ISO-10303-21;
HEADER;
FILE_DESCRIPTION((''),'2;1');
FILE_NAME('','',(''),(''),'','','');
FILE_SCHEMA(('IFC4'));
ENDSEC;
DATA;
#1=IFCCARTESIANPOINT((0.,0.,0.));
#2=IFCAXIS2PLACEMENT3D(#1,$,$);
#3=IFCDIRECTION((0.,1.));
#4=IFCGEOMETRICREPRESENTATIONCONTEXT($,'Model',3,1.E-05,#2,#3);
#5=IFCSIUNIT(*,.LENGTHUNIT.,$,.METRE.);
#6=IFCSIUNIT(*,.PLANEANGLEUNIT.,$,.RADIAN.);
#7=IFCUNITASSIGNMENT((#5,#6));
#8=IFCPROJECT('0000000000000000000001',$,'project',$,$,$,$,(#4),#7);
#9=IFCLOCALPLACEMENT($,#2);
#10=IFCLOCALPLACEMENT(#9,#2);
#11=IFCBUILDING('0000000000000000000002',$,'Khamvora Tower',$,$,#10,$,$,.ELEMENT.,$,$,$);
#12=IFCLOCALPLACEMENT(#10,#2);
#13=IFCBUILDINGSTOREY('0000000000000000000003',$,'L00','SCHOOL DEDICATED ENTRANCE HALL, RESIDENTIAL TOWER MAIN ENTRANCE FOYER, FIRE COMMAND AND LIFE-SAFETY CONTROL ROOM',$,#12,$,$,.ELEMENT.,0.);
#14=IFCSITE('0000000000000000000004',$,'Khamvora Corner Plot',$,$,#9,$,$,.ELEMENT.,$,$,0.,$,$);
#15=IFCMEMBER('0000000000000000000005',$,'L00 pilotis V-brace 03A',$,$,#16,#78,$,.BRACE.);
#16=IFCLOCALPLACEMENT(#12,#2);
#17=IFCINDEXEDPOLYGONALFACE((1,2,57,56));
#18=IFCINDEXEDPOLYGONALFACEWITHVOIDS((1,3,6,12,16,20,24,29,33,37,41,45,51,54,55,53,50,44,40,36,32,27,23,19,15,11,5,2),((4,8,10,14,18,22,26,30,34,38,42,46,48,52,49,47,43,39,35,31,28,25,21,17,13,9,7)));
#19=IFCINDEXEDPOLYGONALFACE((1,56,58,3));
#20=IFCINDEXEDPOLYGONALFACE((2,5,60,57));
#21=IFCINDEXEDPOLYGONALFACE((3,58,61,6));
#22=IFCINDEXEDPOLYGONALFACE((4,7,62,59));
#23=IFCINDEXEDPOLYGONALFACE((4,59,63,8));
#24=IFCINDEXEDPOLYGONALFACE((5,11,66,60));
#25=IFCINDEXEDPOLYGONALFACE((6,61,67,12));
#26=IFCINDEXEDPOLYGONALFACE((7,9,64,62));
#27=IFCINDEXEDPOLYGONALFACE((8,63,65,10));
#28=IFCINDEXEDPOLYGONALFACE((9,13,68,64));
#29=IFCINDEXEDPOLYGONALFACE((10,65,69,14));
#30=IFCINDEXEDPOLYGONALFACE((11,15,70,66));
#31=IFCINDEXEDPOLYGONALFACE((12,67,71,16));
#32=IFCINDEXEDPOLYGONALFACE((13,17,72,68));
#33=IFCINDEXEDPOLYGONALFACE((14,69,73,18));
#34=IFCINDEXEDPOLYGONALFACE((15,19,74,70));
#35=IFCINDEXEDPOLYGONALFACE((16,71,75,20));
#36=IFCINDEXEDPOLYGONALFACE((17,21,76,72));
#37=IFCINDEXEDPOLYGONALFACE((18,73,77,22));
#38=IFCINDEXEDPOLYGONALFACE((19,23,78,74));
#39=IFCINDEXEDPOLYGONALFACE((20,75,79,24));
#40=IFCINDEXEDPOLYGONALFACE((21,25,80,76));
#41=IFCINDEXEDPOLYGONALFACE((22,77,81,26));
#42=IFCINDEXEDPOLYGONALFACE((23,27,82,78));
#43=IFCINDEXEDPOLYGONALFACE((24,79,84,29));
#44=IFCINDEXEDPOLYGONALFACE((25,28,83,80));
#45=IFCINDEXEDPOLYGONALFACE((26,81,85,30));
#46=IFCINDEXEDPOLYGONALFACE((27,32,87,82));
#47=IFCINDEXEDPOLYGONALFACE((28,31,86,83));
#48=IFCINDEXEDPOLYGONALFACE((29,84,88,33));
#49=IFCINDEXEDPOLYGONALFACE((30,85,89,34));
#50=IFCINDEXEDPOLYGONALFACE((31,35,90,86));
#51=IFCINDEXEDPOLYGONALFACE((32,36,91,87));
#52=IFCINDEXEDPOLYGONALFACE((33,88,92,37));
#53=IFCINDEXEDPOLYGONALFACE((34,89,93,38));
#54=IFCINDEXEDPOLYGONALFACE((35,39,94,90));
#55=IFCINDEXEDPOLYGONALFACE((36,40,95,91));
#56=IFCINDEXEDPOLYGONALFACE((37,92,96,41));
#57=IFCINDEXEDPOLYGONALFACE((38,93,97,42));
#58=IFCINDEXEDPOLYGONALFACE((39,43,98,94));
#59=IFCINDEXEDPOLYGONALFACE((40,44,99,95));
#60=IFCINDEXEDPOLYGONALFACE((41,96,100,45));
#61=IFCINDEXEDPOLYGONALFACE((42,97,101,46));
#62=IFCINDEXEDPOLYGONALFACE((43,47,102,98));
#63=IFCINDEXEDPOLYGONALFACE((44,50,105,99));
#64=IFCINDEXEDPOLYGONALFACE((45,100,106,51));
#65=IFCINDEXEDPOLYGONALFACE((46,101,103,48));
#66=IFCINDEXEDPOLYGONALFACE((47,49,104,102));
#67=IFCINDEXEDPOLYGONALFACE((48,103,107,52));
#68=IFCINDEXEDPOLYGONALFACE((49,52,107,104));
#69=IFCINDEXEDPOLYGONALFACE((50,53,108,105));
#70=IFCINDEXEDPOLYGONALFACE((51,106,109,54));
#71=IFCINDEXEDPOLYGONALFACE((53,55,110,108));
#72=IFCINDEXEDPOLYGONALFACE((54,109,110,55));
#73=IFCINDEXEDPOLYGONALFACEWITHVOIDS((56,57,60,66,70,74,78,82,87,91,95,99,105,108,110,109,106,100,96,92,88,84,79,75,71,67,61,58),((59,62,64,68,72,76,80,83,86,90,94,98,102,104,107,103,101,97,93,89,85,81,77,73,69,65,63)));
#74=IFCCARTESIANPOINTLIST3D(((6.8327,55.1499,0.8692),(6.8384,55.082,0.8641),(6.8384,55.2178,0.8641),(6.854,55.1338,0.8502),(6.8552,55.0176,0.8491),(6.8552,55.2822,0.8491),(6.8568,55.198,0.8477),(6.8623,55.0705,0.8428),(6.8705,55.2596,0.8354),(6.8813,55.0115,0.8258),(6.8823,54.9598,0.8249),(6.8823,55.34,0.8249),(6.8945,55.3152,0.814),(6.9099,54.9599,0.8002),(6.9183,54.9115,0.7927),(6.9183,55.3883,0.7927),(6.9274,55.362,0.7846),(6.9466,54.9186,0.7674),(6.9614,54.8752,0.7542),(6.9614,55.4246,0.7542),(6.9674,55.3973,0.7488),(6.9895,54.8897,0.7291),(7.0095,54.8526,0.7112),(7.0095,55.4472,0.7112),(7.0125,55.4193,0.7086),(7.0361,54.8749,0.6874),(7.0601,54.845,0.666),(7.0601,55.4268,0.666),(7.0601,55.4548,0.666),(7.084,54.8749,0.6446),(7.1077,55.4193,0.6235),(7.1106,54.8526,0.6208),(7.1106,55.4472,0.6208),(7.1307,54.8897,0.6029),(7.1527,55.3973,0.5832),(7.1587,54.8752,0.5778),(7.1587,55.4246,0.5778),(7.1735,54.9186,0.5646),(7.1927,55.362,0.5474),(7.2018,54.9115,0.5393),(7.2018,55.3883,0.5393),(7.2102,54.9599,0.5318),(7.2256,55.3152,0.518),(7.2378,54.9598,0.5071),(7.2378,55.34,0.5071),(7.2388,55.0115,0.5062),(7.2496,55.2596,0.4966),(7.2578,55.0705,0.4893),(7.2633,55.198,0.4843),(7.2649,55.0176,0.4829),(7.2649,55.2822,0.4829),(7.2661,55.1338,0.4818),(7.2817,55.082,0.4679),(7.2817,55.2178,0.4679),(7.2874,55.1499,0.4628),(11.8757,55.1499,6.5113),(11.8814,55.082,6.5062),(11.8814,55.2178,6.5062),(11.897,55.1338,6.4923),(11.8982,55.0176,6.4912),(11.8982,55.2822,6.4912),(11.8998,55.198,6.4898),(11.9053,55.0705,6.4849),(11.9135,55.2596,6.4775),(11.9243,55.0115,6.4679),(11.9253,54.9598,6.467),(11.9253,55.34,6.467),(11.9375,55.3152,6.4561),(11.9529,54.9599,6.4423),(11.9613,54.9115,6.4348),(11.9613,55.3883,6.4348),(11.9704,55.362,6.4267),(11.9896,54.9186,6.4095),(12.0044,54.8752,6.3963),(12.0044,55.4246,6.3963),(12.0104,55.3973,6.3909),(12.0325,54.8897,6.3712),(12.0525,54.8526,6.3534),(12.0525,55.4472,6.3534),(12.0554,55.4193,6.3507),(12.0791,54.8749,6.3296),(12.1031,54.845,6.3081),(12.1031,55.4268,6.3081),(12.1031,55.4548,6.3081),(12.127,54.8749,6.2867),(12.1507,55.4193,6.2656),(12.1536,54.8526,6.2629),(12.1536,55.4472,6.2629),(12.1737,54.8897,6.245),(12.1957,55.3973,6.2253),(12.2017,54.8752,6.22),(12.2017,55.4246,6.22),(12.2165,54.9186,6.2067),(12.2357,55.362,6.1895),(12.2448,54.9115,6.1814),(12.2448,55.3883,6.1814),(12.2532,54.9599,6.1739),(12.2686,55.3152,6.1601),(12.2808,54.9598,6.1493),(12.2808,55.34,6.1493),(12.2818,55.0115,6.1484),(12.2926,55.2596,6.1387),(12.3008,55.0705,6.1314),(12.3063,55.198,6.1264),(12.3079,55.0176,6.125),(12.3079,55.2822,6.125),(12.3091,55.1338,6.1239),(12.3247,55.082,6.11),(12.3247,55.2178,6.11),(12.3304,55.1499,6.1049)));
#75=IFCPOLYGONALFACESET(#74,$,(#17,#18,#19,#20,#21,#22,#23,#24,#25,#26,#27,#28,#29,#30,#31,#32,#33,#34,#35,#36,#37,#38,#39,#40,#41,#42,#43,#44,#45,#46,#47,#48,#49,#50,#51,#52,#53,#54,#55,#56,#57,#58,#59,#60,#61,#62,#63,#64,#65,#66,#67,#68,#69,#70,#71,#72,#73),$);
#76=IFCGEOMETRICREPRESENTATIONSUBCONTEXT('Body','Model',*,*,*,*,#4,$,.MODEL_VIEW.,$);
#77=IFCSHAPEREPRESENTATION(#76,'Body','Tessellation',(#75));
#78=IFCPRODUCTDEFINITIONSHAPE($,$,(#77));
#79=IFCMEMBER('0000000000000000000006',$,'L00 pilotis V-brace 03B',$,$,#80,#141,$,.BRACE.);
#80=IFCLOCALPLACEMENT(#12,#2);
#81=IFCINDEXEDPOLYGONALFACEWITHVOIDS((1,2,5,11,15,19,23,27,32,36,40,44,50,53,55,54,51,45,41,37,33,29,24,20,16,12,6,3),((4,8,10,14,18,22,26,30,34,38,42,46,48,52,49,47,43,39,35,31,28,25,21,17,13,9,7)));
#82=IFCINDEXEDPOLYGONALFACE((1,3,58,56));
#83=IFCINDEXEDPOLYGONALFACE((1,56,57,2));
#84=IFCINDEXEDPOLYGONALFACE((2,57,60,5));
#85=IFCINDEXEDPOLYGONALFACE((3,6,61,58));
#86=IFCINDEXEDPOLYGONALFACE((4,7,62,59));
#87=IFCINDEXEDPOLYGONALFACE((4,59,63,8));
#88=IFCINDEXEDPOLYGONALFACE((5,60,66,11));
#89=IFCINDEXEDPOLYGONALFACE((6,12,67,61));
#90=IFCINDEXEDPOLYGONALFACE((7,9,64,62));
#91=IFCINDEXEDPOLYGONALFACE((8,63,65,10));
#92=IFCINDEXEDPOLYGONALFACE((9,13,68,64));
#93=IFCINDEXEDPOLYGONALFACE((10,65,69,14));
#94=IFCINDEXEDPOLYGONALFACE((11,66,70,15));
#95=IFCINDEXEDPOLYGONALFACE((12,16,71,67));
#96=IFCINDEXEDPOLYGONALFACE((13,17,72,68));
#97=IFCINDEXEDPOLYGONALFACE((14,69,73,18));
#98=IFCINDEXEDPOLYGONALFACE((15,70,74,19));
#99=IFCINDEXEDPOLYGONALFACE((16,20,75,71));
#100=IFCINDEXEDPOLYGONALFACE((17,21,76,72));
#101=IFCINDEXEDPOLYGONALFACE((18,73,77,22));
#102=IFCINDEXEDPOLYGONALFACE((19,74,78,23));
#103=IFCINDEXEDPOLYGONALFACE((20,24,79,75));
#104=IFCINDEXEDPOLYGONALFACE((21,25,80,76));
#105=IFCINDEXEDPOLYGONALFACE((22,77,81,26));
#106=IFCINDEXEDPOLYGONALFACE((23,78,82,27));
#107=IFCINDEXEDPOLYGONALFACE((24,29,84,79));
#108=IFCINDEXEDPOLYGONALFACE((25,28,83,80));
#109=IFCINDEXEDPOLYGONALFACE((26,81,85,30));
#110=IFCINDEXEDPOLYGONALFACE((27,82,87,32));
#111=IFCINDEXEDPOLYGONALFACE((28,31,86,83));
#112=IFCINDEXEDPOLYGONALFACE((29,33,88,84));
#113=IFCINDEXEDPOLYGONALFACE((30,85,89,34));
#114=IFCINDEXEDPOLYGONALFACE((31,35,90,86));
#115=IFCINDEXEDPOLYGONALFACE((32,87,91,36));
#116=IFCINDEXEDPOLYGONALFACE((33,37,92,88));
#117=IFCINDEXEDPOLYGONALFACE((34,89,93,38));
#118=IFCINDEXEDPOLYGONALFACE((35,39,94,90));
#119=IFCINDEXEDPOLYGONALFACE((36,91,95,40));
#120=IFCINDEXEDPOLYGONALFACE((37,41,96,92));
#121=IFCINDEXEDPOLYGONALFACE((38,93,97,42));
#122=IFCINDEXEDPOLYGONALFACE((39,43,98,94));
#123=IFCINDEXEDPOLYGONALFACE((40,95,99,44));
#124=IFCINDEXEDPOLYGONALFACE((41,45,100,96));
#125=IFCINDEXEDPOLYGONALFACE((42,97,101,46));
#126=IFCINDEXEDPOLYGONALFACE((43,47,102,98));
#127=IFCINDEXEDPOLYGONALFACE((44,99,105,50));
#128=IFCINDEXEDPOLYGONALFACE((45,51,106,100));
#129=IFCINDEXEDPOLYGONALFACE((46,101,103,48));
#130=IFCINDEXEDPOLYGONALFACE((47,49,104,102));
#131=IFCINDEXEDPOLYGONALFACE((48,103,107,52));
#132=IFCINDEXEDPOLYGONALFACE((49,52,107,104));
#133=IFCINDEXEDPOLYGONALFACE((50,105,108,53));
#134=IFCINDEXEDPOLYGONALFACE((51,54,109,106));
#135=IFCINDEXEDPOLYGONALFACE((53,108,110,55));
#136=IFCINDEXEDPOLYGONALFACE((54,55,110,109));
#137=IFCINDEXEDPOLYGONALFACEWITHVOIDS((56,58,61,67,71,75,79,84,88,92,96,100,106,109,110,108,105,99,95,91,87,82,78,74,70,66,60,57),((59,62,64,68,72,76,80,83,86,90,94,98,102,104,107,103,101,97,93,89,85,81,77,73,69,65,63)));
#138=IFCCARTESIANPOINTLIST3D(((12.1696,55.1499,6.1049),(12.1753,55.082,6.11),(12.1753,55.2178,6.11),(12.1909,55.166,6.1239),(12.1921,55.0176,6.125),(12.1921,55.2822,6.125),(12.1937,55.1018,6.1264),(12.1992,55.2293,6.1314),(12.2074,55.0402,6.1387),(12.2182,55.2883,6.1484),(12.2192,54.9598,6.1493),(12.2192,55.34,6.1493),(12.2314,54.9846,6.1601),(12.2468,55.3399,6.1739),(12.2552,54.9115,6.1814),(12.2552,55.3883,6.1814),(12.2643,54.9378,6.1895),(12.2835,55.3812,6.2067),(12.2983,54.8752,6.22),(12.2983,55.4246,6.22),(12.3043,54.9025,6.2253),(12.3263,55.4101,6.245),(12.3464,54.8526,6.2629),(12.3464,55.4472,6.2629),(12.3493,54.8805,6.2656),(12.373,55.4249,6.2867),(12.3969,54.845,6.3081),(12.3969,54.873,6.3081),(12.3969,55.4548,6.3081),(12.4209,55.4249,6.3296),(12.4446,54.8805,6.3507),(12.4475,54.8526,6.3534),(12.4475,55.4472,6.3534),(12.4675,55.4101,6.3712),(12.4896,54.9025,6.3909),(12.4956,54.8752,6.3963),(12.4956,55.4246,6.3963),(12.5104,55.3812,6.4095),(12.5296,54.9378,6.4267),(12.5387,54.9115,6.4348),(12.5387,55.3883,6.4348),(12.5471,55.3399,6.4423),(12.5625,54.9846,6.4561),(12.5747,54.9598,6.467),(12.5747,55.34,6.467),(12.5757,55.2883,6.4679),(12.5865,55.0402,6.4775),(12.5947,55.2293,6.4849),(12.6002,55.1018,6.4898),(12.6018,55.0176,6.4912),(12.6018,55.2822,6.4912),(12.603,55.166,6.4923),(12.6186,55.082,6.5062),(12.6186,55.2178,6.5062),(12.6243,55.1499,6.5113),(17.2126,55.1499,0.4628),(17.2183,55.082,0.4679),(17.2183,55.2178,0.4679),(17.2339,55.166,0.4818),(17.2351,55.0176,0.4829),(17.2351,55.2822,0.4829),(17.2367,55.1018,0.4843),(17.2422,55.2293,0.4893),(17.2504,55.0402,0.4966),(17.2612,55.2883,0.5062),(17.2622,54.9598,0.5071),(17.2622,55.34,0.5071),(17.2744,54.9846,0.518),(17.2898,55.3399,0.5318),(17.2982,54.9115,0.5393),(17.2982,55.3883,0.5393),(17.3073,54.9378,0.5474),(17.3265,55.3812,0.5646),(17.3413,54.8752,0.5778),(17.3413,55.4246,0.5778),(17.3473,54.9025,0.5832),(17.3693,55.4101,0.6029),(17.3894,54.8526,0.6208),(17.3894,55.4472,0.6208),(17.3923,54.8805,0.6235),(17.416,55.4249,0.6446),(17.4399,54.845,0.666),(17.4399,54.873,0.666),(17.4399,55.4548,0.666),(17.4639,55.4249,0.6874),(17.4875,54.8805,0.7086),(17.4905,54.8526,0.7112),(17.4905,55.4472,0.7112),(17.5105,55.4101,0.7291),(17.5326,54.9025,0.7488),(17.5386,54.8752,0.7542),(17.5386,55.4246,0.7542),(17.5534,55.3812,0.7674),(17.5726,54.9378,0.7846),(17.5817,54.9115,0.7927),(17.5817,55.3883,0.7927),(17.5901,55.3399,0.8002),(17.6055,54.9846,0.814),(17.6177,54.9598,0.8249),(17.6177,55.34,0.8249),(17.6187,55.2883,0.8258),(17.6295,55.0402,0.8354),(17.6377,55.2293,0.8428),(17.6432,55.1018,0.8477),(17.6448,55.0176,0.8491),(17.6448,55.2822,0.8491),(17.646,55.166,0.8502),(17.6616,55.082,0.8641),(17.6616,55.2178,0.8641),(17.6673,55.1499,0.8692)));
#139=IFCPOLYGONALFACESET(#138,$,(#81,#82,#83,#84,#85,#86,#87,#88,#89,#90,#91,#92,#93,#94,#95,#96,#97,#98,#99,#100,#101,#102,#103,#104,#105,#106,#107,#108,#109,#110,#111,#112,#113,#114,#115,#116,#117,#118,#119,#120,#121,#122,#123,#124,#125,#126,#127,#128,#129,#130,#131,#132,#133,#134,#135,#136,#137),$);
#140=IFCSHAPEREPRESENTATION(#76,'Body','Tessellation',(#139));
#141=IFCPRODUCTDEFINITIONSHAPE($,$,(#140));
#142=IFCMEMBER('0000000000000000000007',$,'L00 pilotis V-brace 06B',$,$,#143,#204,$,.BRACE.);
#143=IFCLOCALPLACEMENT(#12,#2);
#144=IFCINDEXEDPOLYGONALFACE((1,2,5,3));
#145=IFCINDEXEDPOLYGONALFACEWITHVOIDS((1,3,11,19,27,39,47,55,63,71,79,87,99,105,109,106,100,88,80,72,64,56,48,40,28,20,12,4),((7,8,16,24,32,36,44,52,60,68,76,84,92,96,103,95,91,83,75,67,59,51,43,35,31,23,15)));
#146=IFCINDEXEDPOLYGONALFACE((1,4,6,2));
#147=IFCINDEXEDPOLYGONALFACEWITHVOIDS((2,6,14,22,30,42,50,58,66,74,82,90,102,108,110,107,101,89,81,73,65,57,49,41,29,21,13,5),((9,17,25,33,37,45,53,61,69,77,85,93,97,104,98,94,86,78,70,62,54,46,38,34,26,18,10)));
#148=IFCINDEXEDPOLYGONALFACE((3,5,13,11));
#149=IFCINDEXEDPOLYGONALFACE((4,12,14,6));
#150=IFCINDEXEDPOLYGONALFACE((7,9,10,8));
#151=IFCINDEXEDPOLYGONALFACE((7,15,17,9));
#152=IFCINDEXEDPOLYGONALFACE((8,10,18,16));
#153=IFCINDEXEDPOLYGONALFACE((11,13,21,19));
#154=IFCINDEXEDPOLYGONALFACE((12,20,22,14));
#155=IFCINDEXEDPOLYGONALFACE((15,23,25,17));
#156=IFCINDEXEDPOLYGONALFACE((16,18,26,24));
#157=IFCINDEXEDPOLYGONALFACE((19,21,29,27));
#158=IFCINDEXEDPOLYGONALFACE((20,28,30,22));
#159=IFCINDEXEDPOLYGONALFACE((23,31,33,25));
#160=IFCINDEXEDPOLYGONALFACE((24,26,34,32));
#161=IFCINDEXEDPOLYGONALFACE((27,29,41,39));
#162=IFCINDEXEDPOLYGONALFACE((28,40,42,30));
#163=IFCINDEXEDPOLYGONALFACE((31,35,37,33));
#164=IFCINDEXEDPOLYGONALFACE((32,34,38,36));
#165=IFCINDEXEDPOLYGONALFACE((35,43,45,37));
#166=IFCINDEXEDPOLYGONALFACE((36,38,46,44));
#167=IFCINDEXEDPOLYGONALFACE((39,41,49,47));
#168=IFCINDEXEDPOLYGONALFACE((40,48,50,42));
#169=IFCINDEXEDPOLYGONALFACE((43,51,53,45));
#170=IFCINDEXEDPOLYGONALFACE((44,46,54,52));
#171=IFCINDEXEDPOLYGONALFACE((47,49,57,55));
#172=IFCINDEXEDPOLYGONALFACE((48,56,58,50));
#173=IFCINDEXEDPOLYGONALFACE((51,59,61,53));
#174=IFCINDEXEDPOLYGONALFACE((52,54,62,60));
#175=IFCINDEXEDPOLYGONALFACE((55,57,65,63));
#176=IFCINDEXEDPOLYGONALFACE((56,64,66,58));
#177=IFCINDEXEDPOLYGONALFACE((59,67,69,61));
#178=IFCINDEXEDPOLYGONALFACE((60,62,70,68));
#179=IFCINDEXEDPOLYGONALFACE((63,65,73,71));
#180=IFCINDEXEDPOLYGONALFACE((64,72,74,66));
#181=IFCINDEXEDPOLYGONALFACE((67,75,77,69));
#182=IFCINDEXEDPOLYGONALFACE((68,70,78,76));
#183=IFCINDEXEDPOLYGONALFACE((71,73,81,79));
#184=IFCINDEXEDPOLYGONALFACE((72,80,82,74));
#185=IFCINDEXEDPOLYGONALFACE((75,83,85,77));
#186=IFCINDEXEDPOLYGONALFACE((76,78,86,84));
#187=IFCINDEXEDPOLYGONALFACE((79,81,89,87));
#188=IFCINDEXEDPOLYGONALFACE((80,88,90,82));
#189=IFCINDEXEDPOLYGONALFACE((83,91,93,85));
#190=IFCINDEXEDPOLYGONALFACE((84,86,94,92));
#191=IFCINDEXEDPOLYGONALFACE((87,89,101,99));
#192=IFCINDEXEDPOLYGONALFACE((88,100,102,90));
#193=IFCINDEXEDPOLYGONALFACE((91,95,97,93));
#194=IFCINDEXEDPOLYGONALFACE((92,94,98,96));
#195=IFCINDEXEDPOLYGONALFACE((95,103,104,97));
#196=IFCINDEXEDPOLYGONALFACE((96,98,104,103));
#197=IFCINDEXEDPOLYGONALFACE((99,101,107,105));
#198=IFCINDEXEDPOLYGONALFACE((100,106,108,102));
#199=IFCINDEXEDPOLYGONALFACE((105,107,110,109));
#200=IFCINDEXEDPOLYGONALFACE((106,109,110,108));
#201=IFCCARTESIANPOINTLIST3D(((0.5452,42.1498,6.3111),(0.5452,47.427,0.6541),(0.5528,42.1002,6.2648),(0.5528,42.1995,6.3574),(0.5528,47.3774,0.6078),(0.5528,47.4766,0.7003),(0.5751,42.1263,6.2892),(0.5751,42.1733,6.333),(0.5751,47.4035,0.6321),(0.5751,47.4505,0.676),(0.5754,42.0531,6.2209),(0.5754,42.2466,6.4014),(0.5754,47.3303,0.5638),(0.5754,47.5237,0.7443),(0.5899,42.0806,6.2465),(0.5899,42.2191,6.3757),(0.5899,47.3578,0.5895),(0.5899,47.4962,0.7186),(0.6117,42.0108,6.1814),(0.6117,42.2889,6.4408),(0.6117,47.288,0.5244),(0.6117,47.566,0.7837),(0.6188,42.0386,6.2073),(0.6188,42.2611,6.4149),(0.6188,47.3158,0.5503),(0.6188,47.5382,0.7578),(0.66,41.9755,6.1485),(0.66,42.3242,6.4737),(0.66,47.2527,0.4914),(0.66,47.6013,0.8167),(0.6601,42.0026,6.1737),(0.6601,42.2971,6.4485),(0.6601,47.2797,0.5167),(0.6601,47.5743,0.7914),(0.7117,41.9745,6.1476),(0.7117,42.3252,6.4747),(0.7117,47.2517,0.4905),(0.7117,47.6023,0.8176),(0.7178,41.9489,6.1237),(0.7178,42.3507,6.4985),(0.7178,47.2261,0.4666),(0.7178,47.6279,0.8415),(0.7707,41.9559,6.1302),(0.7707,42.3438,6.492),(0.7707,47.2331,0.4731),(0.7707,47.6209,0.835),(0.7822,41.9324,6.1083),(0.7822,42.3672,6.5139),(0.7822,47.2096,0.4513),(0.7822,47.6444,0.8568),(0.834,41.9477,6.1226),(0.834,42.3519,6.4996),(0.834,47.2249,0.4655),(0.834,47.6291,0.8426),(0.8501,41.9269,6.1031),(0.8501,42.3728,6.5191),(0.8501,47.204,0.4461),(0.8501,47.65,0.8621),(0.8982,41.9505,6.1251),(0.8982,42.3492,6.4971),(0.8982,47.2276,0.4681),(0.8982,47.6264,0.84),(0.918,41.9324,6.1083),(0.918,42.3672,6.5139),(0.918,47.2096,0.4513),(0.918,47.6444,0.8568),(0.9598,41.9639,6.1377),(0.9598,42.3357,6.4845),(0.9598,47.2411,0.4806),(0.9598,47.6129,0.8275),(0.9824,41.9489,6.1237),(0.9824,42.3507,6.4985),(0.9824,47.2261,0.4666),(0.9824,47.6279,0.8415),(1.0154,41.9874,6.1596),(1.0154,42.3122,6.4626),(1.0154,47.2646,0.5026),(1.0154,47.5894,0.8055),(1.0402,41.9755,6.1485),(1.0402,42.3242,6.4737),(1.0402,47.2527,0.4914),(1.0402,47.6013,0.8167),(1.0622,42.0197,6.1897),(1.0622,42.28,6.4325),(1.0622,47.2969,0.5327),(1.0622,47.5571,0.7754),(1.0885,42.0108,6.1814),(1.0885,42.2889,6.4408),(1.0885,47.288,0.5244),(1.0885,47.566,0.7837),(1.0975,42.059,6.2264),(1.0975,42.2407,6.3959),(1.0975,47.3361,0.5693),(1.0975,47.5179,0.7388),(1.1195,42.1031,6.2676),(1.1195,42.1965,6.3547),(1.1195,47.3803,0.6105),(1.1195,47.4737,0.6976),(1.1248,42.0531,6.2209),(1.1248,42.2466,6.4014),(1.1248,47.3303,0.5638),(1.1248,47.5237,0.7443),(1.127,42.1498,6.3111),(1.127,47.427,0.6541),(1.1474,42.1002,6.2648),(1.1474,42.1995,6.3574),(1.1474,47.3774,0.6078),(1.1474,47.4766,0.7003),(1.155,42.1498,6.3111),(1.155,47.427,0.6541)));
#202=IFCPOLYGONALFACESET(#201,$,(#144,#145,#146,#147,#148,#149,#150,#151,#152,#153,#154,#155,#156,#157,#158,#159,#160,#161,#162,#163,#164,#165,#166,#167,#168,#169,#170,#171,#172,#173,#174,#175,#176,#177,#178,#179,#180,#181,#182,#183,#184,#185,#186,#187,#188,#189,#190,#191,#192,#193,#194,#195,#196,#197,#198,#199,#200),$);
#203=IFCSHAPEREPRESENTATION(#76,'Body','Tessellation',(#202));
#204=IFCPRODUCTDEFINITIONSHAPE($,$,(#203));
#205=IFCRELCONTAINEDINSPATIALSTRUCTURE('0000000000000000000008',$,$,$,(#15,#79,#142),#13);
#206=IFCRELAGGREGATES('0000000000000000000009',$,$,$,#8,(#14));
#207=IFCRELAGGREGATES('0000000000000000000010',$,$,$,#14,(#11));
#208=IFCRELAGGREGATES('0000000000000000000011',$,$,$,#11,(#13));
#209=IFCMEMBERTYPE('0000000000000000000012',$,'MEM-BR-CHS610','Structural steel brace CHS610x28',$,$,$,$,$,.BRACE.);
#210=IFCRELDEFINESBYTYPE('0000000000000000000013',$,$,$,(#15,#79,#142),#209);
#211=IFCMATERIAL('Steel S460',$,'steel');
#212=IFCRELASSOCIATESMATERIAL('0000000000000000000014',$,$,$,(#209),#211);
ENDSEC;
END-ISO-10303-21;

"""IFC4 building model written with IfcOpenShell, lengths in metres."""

from ifc_helpers import new_model, si_unit, direction, frame, origin, origin_2d, place, context, subcontext, project, spatial, hollow_circle, extrude, material, material_profile, profile_set, type_object, element, save


model = new_model("IFC4")

# Units and contexts
model_context = context("Model", 3, precision=1e-05, world=origin(), true_north=direction((0.0, 1.0)))
body_context = subcontext(model_context, "Body", "Model", "MODEL_VIEW")
ifc_project = project(units=[si_unit("LENGTHUNIT", "METRE"), si_unit("PLANEANGLEUNIT", "RADIAN")], contexts=[model_context])

# Site, building, storey
site_placement = place(None, origin())
site = spatial("IfcSite", under=ifc_project, at=site_placement, Name="Khamvora Corner Plot", CompositionType="ELEMENT", RefElevation=0.0)
building_placement = place(site_placement, origin())
building = spatial("IfcBuilding", under=site, at=building_placement, Name="Khamvora Tower", CompositionType="ELEMENT")
storey_placement = place(building_placement, origin())
storey = spatial("IfcBuildingStorey", under=building, at=storey_placement, Name="L00", Description="SCHOOL DEDICATED ENTRANCE HALL, RESIDENTIAL TOWER MAIN ENTRANCE FOYER, FIRE COMMAND AND LIFE-SAFETY CONTROL ROOM", CompositionType="ELEMENT", Elevation=0.0)

# Shared definitions
ifc_material_1 = material(Name="Steel S460", Category="steel")

# Members
ifc_material_profile_1 = material_profile(ifc_material_1, hollow_circle(Radius=0.3049, WallThickness=0.0281, at=origin_2d()), Name="CHS610x28")
ifc_profile_set_1 = profile_set([ifc_material_profile_1], Name="Steel S460")
member_type = type_object("IfcMemberType", Name="MEM-BR-CHS610", Description="Structural steel brace CHS610x28", PredefinedType="BRACE", material=ifc_profile_set_1)
for number, where, z_axis, x_axis, name in (
    (1, (7.0601, 55.1499, 0.666), (0.666412, 0.0, 0.745584), (0.0, 1.0, 0.0), "L00 pilotis V-brace 03A"),
    (2, (17.4399, 55.1499, 0.666), (-0.666412, 0.0, 0.745584), (0.0, -1.0, 0.0), "L00 pilotis V-brace 03B"),
):
    element("IfcMember", number, at=place(storey_placement, frame(where, z_axis=z_axis, x_axis=x_axis)), inside=storey, type_object=member_type, Name=name, PredefinedType="BRACE", context=body_context, shape_type="SweptSolid", body=[
        extrude(hollow_circle(Radius=0.3049, WallThickness=0.0281, at=origin_2d()), origin(), (0.0, 0.0, 1.0), 7.5674),
    ])
member_placement = place(storey_placement, frame((0.8501, 47.427, 0.6541), z_axis=(0.0, -0.682128, 0.731233), x_axis=(1.0, 0.0, 0.0)))
element("IfcMember", 3, at=member_placement, inside=storey, type_object=member_type, Name="L00 pilotis V-brace 06B", PredefinedType="BRACE", context=body_context, shape_type="SweptSolid", body=[
    extrude(hollow_circle(Radius=0.3049, WallThickness=0.0281, at=origin_2d()), origin(), (0.0, 0.0, 1.0), 7.7363),
])

save(model, "model.ifc")
